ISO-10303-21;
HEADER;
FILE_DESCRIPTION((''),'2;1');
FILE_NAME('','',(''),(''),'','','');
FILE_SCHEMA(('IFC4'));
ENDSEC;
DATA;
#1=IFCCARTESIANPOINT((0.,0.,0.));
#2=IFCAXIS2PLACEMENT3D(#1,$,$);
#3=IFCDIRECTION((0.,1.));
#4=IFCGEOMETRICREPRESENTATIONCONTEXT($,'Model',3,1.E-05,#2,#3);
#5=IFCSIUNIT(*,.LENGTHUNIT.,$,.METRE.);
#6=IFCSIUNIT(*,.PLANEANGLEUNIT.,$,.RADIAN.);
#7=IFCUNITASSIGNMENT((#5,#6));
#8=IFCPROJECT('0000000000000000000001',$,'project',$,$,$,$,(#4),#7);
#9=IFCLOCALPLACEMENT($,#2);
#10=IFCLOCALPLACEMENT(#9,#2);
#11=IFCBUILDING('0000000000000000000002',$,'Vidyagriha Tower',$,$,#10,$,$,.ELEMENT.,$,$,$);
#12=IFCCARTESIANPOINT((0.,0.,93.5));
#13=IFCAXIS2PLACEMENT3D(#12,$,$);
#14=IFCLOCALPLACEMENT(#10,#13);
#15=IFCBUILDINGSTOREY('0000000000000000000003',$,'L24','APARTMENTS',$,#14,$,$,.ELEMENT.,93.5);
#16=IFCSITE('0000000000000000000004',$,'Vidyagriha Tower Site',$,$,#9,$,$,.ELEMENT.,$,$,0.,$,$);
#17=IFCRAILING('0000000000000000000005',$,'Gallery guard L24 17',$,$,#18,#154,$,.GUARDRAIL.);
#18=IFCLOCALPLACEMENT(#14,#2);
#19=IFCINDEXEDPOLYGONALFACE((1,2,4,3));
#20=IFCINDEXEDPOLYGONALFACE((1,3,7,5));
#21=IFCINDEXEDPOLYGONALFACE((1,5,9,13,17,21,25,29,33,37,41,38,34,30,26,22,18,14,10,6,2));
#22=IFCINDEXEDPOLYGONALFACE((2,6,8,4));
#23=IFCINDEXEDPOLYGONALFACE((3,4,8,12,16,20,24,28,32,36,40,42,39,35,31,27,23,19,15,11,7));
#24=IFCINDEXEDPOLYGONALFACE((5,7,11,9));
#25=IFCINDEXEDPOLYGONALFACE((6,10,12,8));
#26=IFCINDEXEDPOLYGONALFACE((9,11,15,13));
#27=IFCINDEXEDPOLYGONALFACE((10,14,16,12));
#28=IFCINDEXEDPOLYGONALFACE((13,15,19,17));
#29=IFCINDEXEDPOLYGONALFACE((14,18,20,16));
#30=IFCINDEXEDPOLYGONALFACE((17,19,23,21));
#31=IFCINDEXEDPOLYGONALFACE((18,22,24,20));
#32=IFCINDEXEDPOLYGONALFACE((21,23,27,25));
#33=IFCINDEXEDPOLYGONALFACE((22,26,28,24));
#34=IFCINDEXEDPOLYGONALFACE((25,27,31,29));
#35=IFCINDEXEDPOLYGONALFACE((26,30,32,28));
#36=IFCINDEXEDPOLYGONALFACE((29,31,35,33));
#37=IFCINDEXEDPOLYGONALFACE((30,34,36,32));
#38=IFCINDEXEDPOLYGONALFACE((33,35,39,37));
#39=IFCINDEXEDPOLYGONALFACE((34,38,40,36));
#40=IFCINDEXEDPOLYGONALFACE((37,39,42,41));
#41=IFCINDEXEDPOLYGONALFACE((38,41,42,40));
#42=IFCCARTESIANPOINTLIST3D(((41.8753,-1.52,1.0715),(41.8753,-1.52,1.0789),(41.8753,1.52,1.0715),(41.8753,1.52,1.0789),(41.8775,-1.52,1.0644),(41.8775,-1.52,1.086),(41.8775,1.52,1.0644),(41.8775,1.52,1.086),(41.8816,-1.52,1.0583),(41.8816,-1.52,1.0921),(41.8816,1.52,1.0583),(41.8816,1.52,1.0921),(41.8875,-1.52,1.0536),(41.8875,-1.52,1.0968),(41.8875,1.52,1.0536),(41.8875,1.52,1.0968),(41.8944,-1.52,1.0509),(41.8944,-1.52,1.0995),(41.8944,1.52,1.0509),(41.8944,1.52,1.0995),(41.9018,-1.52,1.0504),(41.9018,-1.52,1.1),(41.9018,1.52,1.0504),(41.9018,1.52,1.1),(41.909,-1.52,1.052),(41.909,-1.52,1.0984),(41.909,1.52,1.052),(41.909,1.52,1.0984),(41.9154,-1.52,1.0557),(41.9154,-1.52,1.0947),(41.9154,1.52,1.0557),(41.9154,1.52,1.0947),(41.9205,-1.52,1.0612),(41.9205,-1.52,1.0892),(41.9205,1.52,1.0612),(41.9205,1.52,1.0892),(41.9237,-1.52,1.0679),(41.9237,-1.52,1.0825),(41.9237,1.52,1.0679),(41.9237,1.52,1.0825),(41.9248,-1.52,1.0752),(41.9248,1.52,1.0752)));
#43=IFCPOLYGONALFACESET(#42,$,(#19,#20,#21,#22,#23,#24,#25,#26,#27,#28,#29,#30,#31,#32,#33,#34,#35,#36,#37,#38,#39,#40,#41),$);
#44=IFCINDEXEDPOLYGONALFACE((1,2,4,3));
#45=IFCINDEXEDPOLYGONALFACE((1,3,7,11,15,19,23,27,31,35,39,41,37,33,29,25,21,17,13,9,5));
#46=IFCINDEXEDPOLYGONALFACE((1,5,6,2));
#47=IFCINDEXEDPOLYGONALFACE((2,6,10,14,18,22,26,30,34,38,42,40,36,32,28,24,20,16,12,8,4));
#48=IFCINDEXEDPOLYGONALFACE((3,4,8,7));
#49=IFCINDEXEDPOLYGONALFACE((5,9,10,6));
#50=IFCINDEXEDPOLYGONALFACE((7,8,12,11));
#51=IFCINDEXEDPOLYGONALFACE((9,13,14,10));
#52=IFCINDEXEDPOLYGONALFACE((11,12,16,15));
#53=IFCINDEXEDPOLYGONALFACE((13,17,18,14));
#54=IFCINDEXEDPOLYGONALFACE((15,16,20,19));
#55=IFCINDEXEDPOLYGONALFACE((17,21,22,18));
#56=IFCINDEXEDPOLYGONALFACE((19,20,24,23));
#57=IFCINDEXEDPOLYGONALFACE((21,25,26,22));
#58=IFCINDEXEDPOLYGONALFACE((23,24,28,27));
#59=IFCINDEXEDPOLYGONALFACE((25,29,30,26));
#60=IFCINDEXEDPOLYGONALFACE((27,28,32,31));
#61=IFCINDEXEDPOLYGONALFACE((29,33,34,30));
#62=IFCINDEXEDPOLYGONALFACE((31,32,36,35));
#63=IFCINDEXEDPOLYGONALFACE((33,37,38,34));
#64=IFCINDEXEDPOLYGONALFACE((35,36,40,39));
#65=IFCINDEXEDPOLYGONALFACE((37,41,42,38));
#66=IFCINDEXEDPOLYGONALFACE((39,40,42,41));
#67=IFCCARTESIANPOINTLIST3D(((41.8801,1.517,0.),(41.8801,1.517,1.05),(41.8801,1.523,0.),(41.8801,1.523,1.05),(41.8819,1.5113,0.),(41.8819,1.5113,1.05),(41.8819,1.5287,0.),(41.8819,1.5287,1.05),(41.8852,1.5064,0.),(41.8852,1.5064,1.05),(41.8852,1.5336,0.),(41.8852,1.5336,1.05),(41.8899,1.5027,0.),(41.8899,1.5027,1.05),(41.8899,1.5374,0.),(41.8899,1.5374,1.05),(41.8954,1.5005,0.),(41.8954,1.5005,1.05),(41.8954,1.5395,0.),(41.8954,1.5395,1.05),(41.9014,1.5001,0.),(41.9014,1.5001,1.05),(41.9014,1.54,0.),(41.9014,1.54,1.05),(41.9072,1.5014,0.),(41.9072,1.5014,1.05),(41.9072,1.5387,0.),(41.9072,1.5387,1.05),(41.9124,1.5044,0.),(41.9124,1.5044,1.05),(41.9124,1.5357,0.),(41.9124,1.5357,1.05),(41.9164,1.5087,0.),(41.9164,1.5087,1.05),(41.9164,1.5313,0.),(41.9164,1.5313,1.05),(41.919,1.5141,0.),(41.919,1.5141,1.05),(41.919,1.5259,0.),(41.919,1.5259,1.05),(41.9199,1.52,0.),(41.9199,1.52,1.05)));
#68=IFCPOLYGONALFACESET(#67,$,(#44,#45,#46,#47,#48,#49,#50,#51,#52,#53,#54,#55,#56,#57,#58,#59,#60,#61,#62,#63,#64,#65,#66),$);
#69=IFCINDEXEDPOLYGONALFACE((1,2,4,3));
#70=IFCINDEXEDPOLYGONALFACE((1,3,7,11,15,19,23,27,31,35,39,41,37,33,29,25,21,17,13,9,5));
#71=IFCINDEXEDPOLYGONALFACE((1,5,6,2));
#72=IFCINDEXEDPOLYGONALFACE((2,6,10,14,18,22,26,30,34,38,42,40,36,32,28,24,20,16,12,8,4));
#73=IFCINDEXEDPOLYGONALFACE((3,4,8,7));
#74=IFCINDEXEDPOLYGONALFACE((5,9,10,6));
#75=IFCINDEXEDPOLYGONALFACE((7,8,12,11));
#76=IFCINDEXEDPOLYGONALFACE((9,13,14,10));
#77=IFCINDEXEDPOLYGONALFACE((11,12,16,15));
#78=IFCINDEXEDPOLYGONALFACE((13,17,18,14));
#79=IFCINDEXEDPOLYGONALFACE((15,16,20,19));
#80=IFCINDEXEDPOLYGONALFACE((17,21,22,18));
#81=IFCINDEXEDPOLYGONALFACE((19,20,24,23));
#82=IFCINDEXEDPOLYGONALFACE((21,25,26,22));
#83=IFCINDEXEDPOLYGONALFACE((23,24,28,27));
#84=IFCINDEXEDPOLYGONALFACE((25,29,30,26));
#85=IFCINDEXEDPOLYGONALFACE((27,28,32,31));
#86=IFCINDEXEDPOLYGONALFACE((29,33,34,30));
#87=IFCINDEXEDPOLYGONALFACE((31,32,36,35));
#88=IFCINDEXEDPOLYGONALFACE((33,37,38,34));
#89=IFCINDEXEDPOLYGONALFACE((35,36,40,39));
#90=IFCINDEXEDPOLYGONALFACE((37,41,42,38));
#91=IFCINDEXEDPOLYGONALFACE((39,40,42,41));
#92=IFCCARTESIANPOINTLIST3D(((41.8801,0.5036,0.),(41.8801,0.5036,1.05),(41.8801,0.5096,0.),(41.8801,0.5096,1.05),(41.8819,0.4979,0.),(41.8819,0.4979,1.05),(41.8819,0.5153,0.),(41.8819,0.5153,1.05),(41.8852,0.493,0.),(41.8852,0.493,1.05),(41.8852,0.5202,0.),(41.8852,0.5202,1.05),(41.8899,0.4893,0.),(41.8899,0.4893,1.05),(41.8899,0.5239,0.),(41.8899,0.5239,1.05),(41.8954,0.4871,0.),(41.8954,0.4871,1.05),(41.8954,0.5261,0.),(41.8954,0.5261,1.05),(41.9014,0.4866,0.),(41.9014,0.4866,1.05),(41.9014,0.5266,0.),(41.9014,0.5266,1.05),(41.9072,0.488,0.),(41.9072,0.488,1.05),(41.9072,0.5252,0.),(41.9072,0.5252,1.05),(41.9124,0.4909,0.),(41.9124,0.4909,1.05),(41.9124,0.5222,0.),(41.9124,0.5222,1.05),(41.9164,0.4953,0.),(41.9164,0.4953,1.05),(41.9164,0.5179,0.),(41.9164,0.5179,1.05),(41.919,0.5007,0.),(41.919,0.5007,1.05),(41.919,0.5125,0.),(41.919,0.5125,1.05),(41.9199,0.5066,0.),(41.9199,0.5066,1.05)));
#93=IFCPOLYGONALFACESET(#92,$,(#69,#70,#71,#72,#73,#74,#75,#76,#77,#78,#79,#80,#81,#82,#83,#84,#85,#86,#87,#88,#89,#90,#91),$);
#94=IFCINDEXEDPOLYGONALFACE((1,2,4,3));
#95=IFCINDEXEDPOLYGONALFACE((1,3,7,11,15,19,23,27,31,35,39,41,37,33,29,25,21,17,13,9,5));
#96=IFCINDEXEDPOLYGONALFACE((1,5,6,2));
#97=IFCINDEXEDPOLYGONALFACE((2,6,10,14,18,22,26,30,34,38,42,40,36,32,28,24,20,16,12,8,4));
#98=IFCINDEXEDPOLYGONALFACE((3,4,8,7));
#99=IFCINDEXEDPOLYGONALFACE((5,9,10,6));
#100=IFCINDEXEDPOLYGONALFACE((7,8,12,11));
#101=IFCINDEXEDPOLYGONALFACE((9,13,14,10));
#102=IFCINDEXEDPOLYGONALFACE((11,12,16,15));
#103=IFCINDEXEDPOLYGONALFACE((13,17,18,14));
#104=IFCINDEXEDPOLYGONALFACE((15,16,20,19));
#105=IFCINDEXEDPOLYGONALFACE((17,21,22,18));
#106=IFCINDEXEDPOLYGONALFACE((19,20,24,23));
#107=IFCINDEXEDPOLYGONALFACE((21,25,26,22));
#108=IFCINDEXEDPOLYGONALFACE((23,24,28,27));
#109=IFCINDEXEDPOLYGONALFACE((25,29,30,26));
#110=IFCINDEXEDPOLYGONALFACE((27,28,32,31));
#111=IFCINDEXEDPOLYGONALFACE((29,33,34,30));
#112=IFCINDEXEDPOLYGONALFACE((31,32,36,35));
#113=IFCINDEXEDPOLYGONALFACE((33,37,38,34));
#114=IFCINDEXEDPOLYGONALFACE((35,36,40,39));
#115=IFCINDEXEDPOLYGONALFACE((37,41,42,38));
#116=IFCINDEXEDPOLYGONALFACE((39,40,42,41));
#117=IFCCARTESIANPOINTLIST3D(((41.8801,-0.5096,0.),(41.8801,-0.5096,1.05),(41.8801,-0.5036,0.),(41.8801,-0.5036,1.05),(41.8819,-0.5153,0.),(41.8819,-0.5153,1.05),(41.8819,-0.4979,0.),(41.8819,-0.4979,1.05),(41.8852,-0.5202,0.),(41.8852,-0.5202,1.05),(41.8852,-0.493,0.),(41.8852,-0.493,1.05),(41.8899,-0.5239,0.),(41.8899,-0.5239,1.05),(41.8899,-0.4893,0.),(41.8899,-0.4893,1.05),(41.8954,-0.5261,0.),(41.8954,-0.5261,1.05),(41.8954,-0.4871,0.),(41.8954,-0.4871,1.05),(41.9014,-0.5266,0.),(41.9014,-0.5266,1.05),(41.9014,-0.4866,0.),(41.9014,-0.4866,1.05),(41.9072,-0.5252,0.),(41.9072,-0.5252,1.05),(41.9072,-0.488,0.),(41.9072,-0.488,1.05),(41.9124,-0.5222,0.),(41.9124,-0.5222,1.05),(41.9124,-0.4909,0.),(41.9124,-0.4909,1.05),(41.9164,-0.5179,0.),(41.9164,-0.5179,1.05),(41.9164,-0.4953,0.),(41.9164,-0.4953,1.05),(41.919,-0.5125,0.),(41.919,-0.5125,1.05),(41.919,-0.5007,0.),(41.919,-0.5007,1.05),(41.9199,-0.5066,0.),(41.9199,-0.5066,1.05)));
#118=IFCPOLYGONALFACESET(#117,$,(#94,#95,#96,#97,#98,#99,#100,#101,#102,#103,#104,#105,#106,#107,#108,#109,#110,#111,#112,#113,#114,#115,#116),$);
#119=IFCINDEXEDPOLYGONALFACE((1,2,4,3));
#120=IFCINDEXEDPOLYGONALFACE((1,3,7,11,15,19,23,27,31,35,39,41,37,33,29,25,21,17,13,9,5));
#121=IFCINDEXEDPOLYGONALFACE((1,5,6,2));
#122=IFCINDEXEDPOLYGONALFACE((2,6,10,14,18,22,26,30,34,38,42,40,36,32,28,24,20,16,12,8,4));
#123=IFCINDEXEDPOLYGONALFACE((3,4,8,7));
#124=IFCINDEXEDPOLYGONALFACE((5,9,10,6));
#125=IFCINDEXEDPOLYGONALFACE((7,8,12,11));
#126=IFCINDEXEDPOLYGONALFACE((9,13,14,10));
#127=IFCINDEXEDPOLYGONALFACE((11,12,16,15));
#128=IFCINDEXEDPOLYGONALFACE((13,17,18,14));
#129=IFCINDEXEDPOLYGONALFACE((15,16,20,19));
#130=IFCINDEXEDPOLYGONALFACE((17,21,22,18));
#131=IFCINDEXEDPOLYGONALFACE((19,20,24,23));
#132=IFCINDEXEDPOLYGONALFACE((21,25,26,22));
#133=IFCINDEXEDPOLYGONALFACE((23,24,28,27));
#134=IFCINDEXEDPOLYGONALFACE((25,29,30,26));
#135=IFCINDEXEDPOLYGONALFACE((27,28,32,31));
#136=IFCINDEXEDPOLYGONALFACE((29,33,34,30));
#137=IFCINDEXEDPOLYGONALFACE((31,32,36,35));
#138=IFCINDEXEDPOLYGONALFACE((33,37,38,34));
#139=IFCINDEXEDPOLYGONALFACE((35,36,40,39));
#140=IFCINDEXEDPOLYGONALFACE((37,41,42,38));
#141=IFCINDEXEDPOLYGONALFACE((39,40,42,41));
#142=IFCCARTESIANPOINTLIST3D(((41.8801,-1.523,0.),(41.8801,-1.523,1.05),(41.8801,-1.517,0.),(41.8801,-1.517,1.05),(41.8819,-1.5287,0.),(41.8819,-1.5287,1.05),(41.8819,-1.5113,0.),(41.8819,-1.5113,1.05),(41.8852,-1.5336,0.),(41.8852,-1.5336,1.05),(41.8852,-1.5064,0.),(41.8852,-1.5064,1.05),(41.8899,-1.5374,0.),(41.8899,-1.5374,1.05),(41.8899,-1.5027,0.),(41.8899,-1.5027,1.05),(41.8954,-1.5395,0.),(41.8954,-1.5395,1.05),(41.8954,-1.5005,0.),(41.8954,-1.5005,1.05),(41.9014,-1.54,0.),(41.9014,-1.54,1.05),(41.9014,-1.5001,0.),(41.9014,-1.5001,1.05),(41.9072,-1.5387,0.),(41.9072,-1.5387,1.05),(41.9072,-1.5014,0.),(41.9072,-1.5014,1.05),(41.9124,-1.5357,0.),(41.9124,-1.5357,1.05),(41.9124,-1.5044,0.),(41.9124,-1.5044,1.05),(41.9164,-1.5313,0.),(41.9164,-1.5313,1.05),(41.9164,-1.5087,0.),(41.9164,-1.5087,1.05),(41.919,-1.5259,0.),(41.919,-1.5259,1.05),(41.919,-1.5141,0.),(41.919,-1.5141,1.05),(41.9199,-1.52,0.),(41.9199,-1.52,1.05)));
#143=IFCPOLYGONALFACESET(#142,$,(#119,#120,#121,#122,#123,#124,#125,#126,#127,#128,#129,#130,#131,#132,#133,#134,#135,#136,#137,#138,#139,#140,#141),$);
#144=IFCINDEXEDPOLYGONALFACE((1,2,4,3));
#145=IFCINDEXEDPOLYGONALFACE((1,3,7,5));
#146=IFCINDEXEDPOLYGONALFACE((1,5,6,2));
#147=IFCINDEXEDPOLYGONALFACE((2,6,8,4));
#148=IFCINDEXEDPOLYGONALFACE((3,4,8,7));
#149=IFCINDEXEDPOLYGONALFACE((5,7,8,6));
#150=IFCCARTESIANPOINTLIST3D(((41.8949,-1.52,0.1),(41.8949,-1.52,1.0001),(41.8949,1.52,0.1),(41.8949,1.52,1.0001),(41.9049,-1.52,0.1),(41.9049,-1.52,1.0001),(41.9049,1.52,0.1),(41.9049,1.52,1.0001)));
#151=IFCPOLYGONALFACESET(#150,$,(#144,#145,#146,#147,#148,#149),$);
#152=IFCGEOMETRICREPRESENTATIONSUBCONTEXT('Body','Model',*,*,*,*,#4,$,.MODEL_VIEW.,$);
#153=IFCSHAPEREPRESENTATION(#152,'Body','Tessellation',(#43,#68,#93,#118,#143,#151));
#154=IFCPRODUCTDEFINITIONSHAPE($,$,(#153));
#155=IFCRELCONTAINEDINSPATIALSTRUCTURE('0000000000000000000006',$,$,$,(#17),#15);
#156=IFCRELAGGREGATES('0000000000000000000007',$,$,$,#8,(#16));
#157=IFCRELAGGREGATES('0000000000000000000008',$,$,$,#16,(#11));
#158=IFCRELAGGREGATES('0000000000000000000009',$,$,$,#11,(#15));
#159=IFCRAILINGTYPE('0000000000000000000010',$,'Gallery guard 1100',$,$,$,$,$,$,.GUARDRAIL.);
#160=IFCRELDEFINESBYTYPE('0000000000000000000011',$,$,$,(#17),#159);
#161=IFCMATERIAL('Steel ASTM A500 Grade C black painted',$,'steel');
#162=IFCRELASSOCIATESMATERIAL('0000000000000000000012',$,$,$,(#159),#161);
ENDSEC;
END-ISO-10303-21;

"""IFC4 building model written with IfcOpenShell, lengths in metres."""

from ifc_helpers import new_model, si_unit, direction, frame, origin, origin_2d, place, context, subcontext, project, spatial, rectangle, circle, extrude, material, type_object, element, save


model = new_model("IFC4")

# Units and contexts
model_context = context("Model", 3, precision=1e-05, world=origin(), true_north=direction((0.0, 1.0)))
body_context = subcontext(model_context, "Body", "Model", "MODEL_VIEW")
ifc_project = project(units=[si_unit("LENGTHUNIT", "METRE"), si_unit("PLANEANGLEUNIT", "RADIAN")], contexts=[model_context])

# Site, building, storey
site_placement = place(None, origin())
site = spatial("IfcSite", under=ifc_project, at=site_placement, Name="Vidyagriha Tower Site", CompositionType="ELEMENT", RefElevation=0.0)
building_placement = place(site_placement, origin())
building = spatial("IfcBuilding", under=site, at=building_placement, Name="Vidyagriha Tower", CompositionType="ELEMENT")
storey_placement = place(building_placement, frame((0.0, 0.0, 93.5)))
storey = spatial("IfcBuildingStorey", under=building, at=storey_placement, Name="L24", Description="APARTMENTS", CompositionType="ELEMENT", Elevation=93.5)

# Railing
ifc_material_1 = material(Name="Steel ASTM A500 Grade C black painted", Category="steel")
railing_type_1 = type_object("IfcRailingType", Name="Gallery guard 1100", PredefinedType="GUARDRAIL", material=ifc_material_1)
railing_1_placement = place(storey_placement, frame((41.8999, 1.52, 0.0)))
element("IfcRailing", 1, at=railing_1_placement, inside=storey, type_object=railing_type_1, Name="Gallery guard L24 17", PredefinedType="GUARDRAIL", context=body_context, shape_type="SweptSolid", body=[
    extrude(circle(Radius=0.0249, at=origin_2d()), frame((0.0, 0.0, 1.0752), z_axis=(0.0, -1.0, 0.0), x_axis=(1.0, 0.0, 0.0)), (0.0, 0.0, 1.0), 3.04),
    extrude(circle(Radius=0.02, at=origin_2d()), origin(), (0.0, 0.0, 1.0), 1.05),
    extrude(circle(Radius=0.02, at=origin_2d()), frame((0.0, -1.0134, 0.0)), (0.0, 0.0, 1.0), 1.05),
    extrude(circle(Radius=0.02, at=origin_2d()), frame((0.0, -2.0266, 0.0)), (0.0, 0.0, 1.0), 1.05),
    extrude(circle(Radius=0.02, at=origin_2d()), frame((0.0, -3.04, 0.0)), (0.0, 0.0, 1.0), 1.05),
    extrude(rectangle(XDim=0.01, YDim=0.9001, at=origin_2d()), frame((0.0, 0.0, 0.55), z_axis=(0.0, -1.0, 0.0), x_axis=(1.0, 0.0, 0.0)), (0.0, 0.0, 1.0), 3.04),
])

save(model, "model.ifc")
